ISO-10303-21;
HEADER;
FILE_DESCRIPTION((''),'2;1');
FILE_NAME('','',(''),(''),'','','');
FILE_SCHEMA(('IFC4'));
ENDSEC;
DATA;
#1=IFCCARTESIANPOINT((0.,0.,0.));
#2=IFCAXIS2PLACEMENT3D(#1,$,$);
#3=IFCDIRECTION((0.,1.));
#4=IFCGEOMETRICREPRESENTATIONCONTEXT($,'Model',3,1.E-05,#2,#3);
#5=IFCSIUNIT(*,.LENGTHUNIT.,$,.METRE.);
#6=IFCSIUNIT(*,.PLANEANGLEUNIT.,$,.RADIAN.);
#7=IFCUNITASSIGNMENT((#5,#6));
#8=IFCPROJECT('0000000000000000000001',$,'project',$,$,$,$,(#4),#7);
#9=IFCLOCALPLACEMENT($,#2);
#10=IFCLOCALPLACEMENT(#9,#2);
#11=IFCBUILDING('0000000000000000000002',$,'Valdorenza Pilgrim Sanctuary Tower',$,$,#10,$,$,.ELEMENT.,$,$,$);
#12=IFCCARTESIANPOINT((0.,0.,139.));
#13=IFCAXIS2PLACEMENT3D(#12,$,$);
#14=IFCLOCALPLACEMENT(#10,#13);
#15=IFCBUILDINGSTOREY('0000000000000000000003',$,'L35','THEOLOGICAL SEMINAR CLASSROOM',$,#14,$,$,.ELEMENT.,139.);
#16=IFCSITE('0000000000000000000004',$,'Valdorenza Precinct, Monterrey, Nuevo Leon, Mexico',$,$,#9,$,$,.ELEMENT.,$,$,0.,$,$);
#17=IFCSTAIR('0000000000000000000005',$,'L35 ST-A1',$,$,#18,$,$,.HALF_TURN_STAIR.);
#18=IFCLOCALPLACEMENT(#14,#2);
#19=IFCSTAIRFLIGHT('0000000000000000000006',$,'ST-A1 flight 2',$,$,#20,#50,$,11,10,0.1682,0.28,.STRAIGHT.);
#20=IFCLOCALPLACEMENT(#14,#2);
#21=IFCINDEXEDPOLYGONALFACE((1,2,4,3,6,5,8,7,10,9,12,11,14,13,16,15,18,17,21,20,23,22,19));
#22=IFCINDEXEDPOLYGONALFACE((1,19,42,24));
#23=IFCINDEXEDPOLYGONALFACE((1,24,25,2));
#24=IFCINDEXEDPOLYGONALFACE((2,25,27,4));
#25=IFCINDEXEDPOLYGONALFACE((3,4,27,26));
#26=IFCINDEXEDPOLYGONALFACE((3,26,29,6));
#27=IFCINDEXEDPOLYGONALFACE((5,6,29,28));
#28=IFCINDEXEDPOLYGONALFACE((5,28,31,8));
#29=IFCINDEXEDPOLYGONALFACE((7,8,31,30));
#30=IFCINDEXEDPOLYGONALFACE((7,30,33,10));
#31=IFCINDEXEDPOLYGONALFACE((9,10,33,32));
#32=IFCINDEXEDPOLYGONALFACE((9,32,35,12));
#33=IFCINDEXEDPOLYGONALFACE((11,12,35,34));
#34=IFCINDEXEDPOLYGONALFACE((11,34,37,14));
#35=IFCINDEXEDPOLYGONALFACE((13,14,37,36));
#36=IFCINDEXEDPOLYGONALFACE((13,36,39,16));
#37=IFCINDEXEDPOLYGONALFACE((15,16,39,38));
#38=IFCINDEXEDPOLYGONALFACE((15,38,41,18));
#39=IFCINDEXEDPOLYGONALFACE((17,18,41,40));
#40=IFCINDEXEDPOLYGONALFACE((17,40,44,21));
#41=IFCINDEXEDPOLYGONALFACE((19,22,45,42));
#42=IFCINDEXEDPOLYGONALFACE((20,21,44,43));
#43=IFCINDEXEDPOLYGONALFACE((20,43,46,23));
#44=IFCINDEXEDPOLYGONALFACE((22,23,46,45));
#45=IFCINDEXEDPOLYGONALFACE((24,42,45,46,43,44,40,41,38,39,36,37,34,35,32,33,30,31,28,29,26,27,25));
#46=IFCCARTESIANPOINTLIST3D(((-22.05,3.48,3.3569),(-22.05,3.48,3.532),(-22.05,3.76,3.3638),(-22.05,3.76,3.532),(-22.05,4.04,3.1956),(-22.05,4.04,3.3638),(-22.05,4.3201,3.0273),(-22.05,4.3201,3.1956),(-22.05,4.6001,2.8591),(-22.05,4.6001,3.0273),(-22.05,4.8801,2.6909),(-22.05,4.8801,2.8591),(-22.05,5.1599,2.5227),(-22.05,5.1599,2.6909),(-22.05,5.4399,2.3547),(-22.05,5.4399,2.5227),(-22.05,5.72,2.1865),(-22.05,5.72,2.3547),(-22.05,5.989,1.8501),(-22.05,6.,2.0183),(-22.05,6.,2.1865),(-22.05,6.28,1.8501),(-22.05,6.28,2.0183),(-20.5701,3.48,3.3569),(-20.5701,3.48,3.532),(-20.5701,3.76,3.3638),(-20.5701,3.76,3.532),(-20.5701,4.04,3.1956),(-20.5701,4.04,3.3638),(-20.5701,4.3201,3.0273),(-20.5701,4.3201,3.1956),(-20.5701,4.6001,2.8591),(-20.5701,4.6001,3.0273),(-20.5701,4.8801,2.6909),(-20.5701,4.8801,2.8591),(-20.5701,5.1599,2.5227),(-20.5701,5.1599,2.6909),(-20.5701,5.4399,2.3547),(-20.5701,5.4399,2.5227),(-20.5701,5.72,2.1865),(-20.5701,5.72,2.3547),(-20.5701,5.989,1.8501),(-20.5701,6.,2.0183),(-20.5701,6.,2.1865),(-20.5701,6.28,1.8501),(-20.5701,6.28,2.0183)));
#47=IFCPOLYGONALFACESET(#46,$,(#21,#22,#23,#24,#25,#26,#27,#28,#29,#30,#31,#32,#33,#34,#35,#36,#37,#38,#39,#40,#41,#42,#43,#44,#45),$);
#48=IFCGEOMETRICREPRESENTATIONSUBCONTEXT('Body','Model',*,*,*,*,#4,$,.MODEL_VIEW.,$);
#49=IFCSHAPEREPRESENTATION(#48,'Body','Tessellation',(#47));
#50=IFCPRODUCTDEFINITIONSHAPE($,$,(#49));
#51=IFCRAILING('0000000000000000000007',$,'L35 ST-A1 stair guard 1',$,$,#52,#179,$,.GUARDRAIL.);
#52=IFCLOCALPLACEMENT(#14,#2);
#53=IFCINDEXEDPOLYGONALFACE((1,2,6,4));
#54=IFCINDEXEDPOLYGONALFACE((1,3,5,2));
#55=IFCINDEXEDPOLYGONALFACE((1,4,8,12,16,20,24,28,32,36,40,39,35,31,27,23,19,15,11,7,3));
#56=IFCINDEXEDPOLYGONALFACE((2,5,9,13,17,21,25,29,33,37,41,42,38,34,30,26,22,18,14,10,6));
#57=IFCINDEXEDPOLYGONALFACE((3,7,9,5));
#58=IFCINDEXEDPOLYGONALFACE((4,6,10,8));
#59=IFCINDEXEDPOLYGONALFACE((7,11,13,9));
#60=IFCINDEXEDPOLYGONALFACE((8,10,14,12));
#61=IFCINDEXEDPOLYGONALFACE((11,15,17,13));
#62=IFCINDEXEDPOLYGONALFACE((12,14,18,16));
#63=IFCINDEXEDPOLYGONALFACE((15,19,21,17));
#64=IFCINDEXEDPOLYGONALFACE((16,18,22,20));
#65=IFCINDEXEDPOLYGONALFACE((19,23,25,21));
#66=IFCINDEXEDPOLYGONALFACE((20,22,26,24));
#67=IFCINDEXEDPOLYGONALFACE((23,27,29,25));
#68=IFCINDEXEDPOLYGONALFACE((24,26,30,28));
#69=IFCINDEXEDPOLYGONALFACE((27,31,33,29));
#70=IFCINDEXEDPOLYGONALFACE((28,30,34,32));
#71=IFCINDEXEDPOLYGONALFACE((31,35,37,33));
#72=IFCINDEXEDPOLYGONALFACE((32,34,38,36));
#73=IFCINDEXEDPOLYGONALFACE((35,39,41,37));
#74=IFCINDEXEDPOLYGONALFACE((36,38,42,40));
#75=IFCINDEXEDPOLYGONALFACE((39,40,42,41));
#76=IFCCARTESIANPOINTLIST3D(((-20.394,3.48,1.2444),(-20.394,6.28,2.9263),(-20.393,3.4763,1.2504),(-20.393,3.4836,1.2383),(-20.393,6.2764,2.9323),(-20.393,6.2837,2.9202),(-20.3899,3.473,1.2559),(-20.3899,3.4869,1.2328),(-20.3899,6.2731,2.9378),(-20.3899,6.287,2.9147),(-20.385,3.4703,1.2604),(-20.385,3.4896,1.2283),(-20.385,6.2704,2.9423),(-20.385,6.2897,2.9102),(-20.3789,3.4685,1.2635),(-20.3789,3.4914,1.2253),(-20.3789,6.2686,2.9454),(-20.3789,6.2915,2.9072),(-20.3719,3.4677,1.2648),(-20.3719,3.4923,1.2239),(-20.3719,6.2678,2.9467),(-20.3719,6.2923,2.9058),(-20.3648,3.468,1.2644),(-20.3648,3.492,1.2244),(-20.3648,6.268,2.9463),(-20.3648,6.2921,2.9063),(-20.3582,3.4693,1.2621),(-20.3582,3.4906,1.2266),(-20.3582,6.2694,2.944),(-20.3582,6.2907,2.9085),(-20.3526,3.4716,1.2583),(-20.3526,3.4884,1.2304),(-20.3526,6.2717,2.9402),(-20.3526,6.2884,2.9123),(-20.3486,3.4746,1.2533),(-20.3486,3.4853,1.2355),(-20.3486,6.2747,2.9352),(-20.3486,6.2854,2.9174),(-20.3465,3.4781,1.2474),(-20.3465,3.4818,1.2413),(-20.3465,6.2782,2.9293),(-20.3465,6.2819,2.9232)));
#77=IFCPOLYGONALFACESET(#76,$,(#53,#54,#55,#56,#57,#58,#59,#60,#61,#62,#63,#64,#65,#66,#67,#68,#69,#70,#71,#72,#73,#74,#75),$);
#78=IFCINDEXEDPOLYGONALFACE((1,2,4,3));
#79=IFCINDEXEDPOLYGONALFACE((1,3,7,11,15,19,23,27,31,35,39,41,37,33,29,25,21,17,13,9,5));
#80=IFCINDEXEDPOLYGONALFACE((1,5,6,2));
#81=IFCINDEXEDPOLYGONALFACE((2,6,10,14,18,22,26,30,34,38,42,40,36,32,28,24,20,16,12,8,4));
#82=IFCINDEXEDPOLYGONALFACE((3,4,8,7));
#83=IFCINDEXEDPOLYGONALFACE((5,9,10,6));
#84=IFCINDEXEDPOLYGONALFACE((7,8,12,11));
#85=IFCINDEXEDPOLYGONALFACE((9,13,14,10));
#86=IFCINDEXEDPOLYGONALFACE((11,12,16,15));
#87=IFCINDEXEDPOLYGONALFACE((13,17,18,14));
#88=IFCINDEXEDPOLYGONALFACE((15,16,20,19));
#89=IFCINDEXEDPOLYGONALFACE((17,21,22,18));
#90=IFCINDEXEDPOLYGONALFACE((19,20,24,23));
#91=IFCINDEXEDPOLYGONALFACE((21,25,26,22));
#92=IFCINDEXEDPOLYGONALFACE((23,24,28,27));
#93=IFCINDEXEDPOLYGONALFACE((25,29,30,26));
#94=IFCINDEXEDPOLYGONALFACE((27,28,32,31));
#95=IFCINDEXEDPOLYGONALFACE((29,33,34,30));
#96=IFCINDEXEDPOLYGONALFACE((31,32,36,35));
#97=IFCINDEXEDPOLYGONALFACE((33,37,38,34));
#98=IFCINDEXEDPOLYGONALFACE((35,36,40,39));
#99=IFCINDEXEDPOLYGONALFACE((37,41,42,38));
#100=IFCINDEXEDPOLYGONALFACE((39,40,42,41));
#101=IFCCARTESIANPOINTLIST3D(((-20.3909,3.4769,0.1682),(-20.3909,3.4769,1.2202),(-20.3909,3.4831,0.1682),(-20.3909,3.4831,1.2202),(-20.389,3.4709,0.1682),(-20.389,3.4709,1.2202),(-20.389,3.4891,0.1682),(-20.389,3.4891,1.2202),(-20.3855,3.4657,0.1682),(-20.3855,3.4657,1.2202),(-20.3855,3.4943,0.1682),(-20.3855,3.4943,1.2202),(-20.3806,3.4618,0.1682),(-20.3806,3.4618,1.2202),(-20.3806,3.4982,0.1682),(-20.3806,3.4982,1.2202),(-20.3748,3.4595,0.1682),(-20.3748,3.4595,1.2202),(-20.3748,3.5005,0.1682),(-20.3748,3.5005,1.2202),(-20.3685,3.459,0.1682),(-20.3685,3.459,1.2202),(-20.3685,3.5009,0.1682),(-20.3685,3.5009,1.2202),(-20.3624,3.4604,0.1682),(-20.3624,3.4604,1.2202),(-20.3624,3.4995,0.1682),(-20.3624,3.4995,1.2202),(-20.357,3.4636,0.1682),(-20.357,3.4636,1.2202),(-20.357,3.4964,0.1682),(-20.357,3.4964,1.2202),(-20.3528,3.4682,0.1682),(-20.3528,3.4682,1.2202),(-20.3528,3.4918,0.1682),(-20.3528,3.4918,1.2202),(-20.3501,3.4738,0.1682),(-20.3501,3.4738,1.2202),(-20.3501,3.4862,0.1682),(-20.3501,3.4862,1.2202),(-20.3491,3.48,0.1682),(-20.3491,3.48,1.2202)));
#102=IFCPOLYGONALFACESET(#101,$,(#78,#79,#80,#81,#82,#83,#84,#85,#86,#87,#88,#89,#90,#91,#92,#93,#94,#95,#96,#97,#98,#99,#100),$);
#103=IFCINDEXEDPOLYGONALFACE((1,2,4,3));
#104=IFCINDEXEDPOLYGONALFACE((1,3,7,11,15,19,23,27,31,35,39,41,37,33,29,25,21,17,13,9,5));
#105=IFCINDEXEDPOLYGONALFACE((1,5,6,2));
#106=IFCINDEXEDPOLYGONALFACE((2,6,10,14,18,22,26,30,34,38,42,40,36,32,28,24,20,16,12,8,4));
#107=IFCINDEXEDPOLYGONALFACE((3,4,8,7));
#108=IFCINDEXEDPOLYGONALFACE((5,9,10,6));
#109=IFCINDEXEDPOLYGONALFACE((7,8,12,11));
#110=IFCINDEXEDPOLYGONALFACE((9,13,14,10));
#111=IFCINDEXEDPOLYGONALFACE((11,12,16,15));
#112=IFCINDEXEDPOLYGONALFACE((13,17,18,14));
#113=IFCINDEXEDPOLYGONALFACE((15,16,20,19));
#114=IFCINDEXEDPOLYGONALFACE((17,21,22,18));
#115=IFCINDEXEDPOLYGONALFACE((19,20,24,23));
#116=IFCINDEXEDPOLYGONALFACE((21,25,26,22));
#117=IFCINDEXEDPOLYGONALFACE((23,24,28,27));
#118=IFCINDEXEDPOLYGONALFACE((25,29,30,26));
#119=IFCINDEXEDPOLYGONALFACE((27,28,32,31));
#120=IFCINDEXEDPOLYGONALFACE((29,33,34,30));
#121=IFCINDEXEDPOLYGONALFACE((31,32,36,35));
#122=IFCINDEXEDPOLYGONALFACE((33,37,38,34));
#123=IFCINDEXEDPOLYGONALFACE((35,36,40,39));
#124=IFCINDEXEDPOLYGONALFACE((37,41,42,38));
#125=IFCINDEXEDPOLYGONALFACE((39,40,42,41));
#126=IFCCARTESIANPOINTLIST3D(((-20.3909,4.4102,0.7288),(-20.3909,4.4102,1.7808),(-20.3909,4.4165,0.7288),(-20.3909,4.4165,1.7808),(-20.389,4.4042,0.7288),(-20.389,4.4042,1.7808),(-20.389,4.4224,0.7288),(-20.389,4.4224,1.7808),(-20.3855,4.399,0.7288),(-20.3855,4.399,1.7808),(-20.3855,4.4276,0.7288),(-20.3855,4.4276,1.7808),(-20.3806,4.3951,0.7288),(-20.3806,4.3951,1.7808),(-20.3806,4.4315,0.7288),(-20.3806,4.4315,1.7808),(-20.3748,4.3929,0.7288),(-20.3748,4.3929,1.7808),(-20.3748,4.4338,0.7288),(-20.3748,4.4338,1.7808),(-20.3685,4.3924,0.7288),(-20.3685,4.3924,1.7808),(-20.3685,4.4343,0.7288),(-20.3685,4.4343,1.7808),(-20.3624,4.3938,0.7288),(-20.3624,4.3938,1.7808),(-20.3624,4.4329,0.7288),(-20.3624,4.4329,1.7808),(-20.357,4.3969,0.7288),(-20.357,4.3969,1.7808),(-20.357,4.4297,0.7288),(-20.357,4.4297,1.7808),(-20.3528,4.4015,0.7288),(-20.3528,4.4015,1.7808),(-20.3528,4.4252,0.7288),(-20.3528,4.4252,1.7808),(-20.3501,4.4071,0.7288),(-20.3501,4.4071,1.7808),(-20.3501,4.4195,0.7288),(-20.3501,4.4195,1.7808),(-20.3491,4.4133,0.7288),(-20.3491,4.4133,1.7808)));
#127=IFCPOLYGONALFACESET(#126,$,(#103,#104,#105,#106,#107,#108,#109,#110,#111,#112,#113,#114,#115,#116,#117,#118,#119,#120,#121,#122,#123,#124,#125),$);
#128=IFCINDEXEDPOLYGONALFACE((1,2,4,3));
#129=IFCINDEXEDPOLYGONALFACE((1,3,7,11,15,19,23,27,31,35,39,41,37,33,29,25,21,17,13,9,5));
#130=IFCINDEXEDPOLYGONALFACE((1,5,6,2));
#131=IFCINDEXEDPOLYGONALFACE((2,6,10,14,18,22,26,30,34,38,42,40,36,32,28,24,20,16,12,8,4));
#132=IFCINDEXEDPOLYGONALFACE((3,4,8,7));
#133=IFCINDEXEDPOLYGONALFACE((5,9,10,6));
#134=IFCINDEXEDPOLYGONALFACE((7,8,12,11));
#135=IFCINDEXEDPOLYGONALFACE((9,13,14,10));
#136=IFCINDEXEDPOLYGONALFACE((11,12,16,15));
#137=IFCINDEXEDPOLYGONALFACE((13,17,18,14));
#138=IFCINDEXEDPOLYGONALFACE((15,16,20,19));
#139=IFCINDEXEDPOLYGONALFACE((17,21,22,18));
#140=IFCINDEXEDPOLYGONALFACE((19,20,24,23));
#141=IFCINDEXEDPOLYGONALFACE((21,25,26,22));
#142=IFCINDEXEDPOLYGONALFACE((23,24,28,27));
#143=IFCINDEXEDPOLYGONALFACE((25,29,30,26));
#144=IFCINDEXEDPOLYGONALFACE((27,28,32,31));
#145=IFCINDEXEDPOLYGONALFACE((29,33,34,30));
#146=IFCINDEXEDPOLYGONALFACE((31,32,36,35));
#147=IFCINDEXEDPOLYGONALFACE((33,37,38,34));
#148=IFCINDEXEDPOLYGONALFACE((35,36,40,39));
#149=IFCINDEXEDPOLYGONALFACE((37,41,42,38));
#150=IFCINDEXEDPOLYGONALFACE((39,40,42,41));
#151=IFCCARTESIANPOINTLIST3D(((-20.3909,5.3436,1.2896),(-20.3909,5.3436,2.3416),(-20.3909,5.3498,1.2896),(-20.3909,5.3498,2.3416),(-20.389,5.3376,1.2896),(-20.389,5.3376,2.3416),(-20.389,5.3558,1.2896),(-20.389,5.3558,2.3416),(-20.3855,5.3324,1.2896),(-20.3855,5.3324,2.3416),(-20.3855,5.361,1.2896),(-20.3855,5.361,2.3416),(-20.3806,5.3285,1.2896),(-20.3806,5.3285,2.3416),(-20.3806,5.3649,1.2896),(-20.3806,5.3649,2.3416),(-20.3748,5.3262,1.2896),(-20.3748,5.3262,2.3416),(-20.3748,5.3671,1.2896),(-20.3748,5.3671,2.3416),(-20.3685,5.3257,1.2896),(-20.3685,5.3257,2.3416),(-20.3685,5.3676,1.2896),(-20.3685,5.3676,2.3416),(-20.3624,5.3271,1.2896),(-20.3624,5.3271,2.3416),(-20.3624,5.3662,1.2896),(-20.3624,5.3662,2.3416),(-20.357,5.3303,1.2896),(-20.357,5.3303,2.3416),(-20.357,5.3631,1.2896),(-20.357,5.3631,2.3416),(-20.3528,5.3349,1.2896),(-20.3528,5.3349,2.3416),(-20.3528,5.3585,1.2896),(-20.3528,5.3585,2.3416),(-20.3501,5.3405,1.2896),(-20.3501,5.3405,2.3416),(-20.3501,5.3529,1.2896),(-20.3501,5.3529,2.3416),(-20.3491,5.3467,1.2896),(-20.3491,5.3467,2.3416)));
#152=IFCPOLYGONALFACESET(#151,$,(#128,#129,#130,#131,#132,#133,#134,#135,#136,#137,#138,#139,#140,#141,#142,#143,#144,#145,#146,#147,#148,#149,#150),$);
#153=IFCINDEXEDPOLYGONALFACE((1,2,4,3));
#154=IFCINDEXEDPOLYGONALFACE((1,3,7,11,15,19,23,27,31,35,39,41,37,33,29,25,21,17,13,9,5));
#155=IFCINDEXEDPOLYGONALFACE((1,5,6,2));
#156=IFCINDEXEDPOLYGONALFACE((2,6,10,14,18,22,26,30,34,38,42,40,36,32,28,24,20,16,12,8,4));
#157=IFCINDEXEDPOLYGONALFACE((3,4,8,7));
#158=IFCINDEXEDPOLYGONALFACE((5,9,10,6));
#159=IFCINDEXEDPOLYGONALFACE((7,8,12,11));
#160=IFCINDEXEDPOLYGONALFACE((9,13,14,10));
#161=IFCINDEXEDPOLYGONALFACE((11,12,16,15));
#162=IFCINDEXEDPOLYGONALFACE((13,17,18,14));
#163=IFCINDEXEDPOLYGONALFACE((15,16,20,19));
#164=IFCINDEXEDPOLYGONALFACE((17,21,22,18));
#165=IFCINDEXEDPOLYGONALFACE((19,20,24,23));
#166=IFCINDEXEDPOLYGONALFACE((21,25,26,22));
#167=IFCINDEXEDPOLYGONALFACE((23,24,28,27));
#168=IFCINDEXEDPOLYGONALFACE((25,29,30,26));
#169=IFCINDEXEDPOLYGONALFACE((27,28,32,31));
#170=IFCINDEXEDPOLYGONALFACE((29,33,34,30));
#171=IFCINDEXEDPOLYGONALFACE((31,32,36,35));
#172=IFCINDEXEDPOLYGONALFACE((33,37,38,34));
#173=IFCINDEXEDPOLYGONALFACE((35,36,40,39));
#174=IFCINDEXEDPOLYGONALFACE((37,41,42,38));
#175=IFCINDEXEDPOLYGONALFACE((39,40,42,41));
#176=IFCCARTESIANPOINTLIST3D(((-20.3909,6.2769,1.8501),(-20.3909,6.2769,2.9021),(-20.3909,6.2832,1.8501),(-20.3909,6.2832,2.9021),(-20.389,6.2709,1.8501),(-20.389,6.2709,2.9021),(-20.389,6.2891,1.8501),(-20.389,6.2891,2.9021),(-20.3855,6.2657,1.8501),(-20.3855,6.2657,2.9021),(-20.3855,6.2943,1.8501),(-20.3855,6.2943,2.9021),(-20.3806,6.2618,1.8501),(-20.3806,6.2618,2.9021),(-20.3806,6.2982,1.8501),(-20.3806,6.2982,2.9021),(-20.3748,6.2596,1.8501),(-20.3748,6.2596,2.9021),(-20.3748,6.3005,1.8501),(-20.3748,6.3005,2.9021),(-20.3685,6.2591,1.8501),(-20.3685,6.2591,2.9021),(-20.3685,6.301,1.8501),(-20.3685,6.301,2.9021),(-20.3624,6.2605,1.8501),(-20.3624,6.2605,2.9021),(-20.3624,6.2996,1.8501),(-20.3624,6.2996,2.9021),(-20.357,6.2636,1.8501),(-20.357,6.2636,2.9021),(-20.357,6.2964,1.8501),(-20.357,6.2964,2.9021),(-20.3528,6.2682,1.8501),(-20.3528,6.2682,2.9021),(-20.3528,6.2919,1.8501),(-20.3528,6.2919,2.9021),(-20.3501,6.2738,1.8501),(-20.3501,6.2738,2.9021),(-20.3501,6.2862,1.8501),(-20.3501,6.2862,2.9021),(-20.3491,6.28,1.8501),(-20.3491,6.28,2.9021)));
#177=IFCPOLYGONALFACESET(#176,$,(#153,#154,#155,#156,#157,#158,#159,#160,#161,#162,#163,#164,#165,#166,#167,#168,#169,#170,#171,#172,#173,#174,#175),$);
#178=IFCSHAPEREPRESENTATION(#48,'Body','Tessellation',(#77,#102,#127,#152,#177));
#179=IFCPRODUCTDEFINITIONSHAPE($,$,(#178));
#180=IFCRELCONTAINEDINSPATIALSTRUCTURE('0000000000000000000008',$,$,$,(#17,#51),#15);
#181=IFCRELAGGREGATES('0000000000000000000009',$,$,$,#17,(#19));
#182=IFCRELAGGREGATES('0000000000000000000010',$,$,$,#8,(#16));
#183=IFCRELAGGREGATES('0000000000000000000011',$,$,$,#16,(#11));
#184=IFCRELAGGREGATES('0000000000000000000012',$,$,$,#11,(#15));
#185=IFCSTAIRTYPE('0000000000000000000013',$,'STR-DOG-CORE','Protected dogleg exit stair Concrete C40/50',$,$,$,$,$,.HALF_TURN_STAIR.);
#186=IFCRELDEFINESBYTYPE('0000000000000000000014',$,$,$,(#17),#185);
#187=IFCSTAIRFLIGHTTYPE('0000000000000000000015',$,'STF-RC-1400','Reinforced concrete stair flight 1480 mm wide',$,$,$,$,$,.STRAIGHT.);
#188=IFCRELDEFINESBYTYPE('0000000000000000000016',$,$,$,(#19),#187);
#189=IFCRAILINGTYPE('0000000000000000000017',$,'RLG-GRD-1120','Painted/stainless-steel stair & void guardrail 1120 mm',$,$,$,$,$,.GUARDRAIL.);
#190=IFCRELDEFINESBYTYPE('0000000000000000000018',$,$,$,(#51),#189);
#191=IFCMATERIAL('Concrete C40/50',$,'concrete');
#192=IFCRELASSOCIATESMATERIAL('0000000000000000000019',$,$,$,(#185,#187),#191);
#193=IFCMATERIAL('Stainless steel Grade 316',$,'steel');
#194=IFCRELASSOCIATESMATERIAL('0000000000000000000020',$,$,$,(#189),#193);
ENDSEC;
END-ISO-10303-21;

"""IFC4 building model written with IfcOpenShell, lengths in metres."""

from ifc_helpers import new_model, si_unit, direction, frame, origin, origin_2d, place, context, subcontext, project, spatial, polyline, circle, outline, extrude, material, type_object, element, aggregate, save


model = new_model("IFC4")

# Units and contexts
model_context = context("Model", 3, precision=1e-05, world=origin(), true_north=direction((0.0, 1.0)))
body_context = subcontext(model_context, "Body", "Model", "MODEL_VIEW")
ifc_project = project(units=[si_unit("LENGTHUNIT", "METRE"), si_unit("PLANEANGLEUNIT", "RADIAN")], contexts=[model_context])

# Site, building, storey
site_placement = place(None, origin())
site = spatial("IfcSite", under=ifc_project, at=site_placement, Name="Valdorenza Precinct, Monterrey, Nuevo Leon, Mexico", CompositionType="ELEMENT", RefElevation=0.0)
building_placement = place(site_placement, origin())
building = spatial("IfcBuilding", under=site, at=building_placement, Name="Valdorenza Pilgrim Sanctuary Tower", CompositionType="ELEMENT")
storey_placement = place(building_placement, frame((0.0, 0.0, 139.0)))
storey = spatial("IfcBuildingStorey", under=building, at=storey_placement, Name="L35", Description="THEOLOGICAL SEMINAR CLASSROOM", CompositionType="ELEMENT", Elevation=139.0)

# Shared definitions
ifc_material_1 = material(Name="Concrete C40/50", Category="concrete")

# Stair, stair flight
stair_type = type_object("IfcStairType", Name="STR-DOG-CORE", Description="Protected dogleg exit stair Concrete C40/50", PredefinedType="HALF_TURN_STAIR", material=ifc_material_1)
stair_placement = place(storey_placement, origin())
stair = element("IfcStair", 1, at=stair_placement, inside=storey, type_object=stair_type, Name="L35 ST-A1", PredefinedType="HALF_TURN_STAIR")
stair_flight_type = type_object("IfcStairFlightType", Name="STF-RC-1400", Description="Reinforced concrete stair flight 1480 mm wide", PredefinedType="STRAIGHT", material=ifc_material_1)
stair_flight_1_placement = place(storey_placement, frame((-21.3101, 6.28, 1.8501), z_axis=(0.0, 0.0, 1.0), x_axis=(0.0, -1.0, 0.0)))
stair_flight_1 = element("IfcStairFlight", 2, at=stair_flight_1_placement, type_object=stair_flight_type, Name="ST-A1 flight 2", NumberOfRisers=11, NumberOfTreads=10, PredefinedType="STRAIGHT", RiserHeight=0.1682, TreadLength=0.28, context=body_context, shape_type="SweptSolid", body=[
    extrude(outline(polyline([(0.0, 0.0), (0.0, 0.1682), (0.28, 0.1682), (0.28, 0.3364), (0.5601, 0.3364), (0.5601, 0.5046), (0.8401, 0.5046), (0.8401, 0.6726), (1.1201, 0.6726), (1.1201, 0.8408), (1.3999, 0.8408), (1.3999, 1.009), (1.6799, 1.009), (1.6799, 1.1772), (1.96, 1.1772), (1.96, 1.3455), (2.24, 1.3455), (2.24, 1.5137), (2.52, 1.5137), (2.52, 1.6819), (2.8, 1.6819), (2.8, 1.8501), (2.8, 1.5068), (0.291, 0.0), (0.0, 0.0)])), frame((0.0, 0.74, 0.0), z_axis=(0.0, -1.0, 0.0), x_axis=(1.0, 0.0, 0.0)), (0.0, 0.0, 1.0), 1.48),
])
aggregate(stair, [stair_flight_1])

# Railing
ifc_material_2 = material(Name="Stainless steel Grade 316", Category="steel")
railing_type_1 = type_object("IfcRailingType", Name="RLG-GRD-1120", Description="Painted/stainless-steel stair & void guardrail 1120 mm", PredefinedType="GUARDRAIL", material=ifc_material_2)
railing_1_placement = place(storey_placement, frame((-20.3701, 3.48, 0.1682)))
element("IfcRailing", 3, at=railing_1_placement, inside=storey, type_object=railing_type_1, Name="L35 ST-A1 stair guard 1", PredefinedType="GUARDRAIL", context=body_context, shape_type="SweptSolid", body=[
    extrude(circle(Radius=0.0239, at=origin_2d()), frame((0.0, 0.0, 1.0762), z_axis=(0.0, 0.857242, 0.514913), x_axis=(-1.0, 0.0, 0.0)), (0.0, 0.0, 1.0), 3.2664),
    extrude(circle(Radius=0.021, at=origin_2d()), origin(), (0.0, 0.0, 1.0), 1.052),
    extrude(circle(Radius=0.021, at=origin_2d()), frame((0.0, 0.9333, 0.5605)), (0.0, 0.0, 1.0), 1.052),
    extrude(circle(Radius=0.021, at=origin_2d()), frame((0.0, 1.8667, 1.1213)), (0.0, 0.0, 1.0), 1.052),
    extrude(circle(Radius=0.021, at=origin_2d()), frame((0.0, 2.8, 1.6819)), (0.0, 0.0, 1.0), 1.052),
])

save(model, "model.ifc")
